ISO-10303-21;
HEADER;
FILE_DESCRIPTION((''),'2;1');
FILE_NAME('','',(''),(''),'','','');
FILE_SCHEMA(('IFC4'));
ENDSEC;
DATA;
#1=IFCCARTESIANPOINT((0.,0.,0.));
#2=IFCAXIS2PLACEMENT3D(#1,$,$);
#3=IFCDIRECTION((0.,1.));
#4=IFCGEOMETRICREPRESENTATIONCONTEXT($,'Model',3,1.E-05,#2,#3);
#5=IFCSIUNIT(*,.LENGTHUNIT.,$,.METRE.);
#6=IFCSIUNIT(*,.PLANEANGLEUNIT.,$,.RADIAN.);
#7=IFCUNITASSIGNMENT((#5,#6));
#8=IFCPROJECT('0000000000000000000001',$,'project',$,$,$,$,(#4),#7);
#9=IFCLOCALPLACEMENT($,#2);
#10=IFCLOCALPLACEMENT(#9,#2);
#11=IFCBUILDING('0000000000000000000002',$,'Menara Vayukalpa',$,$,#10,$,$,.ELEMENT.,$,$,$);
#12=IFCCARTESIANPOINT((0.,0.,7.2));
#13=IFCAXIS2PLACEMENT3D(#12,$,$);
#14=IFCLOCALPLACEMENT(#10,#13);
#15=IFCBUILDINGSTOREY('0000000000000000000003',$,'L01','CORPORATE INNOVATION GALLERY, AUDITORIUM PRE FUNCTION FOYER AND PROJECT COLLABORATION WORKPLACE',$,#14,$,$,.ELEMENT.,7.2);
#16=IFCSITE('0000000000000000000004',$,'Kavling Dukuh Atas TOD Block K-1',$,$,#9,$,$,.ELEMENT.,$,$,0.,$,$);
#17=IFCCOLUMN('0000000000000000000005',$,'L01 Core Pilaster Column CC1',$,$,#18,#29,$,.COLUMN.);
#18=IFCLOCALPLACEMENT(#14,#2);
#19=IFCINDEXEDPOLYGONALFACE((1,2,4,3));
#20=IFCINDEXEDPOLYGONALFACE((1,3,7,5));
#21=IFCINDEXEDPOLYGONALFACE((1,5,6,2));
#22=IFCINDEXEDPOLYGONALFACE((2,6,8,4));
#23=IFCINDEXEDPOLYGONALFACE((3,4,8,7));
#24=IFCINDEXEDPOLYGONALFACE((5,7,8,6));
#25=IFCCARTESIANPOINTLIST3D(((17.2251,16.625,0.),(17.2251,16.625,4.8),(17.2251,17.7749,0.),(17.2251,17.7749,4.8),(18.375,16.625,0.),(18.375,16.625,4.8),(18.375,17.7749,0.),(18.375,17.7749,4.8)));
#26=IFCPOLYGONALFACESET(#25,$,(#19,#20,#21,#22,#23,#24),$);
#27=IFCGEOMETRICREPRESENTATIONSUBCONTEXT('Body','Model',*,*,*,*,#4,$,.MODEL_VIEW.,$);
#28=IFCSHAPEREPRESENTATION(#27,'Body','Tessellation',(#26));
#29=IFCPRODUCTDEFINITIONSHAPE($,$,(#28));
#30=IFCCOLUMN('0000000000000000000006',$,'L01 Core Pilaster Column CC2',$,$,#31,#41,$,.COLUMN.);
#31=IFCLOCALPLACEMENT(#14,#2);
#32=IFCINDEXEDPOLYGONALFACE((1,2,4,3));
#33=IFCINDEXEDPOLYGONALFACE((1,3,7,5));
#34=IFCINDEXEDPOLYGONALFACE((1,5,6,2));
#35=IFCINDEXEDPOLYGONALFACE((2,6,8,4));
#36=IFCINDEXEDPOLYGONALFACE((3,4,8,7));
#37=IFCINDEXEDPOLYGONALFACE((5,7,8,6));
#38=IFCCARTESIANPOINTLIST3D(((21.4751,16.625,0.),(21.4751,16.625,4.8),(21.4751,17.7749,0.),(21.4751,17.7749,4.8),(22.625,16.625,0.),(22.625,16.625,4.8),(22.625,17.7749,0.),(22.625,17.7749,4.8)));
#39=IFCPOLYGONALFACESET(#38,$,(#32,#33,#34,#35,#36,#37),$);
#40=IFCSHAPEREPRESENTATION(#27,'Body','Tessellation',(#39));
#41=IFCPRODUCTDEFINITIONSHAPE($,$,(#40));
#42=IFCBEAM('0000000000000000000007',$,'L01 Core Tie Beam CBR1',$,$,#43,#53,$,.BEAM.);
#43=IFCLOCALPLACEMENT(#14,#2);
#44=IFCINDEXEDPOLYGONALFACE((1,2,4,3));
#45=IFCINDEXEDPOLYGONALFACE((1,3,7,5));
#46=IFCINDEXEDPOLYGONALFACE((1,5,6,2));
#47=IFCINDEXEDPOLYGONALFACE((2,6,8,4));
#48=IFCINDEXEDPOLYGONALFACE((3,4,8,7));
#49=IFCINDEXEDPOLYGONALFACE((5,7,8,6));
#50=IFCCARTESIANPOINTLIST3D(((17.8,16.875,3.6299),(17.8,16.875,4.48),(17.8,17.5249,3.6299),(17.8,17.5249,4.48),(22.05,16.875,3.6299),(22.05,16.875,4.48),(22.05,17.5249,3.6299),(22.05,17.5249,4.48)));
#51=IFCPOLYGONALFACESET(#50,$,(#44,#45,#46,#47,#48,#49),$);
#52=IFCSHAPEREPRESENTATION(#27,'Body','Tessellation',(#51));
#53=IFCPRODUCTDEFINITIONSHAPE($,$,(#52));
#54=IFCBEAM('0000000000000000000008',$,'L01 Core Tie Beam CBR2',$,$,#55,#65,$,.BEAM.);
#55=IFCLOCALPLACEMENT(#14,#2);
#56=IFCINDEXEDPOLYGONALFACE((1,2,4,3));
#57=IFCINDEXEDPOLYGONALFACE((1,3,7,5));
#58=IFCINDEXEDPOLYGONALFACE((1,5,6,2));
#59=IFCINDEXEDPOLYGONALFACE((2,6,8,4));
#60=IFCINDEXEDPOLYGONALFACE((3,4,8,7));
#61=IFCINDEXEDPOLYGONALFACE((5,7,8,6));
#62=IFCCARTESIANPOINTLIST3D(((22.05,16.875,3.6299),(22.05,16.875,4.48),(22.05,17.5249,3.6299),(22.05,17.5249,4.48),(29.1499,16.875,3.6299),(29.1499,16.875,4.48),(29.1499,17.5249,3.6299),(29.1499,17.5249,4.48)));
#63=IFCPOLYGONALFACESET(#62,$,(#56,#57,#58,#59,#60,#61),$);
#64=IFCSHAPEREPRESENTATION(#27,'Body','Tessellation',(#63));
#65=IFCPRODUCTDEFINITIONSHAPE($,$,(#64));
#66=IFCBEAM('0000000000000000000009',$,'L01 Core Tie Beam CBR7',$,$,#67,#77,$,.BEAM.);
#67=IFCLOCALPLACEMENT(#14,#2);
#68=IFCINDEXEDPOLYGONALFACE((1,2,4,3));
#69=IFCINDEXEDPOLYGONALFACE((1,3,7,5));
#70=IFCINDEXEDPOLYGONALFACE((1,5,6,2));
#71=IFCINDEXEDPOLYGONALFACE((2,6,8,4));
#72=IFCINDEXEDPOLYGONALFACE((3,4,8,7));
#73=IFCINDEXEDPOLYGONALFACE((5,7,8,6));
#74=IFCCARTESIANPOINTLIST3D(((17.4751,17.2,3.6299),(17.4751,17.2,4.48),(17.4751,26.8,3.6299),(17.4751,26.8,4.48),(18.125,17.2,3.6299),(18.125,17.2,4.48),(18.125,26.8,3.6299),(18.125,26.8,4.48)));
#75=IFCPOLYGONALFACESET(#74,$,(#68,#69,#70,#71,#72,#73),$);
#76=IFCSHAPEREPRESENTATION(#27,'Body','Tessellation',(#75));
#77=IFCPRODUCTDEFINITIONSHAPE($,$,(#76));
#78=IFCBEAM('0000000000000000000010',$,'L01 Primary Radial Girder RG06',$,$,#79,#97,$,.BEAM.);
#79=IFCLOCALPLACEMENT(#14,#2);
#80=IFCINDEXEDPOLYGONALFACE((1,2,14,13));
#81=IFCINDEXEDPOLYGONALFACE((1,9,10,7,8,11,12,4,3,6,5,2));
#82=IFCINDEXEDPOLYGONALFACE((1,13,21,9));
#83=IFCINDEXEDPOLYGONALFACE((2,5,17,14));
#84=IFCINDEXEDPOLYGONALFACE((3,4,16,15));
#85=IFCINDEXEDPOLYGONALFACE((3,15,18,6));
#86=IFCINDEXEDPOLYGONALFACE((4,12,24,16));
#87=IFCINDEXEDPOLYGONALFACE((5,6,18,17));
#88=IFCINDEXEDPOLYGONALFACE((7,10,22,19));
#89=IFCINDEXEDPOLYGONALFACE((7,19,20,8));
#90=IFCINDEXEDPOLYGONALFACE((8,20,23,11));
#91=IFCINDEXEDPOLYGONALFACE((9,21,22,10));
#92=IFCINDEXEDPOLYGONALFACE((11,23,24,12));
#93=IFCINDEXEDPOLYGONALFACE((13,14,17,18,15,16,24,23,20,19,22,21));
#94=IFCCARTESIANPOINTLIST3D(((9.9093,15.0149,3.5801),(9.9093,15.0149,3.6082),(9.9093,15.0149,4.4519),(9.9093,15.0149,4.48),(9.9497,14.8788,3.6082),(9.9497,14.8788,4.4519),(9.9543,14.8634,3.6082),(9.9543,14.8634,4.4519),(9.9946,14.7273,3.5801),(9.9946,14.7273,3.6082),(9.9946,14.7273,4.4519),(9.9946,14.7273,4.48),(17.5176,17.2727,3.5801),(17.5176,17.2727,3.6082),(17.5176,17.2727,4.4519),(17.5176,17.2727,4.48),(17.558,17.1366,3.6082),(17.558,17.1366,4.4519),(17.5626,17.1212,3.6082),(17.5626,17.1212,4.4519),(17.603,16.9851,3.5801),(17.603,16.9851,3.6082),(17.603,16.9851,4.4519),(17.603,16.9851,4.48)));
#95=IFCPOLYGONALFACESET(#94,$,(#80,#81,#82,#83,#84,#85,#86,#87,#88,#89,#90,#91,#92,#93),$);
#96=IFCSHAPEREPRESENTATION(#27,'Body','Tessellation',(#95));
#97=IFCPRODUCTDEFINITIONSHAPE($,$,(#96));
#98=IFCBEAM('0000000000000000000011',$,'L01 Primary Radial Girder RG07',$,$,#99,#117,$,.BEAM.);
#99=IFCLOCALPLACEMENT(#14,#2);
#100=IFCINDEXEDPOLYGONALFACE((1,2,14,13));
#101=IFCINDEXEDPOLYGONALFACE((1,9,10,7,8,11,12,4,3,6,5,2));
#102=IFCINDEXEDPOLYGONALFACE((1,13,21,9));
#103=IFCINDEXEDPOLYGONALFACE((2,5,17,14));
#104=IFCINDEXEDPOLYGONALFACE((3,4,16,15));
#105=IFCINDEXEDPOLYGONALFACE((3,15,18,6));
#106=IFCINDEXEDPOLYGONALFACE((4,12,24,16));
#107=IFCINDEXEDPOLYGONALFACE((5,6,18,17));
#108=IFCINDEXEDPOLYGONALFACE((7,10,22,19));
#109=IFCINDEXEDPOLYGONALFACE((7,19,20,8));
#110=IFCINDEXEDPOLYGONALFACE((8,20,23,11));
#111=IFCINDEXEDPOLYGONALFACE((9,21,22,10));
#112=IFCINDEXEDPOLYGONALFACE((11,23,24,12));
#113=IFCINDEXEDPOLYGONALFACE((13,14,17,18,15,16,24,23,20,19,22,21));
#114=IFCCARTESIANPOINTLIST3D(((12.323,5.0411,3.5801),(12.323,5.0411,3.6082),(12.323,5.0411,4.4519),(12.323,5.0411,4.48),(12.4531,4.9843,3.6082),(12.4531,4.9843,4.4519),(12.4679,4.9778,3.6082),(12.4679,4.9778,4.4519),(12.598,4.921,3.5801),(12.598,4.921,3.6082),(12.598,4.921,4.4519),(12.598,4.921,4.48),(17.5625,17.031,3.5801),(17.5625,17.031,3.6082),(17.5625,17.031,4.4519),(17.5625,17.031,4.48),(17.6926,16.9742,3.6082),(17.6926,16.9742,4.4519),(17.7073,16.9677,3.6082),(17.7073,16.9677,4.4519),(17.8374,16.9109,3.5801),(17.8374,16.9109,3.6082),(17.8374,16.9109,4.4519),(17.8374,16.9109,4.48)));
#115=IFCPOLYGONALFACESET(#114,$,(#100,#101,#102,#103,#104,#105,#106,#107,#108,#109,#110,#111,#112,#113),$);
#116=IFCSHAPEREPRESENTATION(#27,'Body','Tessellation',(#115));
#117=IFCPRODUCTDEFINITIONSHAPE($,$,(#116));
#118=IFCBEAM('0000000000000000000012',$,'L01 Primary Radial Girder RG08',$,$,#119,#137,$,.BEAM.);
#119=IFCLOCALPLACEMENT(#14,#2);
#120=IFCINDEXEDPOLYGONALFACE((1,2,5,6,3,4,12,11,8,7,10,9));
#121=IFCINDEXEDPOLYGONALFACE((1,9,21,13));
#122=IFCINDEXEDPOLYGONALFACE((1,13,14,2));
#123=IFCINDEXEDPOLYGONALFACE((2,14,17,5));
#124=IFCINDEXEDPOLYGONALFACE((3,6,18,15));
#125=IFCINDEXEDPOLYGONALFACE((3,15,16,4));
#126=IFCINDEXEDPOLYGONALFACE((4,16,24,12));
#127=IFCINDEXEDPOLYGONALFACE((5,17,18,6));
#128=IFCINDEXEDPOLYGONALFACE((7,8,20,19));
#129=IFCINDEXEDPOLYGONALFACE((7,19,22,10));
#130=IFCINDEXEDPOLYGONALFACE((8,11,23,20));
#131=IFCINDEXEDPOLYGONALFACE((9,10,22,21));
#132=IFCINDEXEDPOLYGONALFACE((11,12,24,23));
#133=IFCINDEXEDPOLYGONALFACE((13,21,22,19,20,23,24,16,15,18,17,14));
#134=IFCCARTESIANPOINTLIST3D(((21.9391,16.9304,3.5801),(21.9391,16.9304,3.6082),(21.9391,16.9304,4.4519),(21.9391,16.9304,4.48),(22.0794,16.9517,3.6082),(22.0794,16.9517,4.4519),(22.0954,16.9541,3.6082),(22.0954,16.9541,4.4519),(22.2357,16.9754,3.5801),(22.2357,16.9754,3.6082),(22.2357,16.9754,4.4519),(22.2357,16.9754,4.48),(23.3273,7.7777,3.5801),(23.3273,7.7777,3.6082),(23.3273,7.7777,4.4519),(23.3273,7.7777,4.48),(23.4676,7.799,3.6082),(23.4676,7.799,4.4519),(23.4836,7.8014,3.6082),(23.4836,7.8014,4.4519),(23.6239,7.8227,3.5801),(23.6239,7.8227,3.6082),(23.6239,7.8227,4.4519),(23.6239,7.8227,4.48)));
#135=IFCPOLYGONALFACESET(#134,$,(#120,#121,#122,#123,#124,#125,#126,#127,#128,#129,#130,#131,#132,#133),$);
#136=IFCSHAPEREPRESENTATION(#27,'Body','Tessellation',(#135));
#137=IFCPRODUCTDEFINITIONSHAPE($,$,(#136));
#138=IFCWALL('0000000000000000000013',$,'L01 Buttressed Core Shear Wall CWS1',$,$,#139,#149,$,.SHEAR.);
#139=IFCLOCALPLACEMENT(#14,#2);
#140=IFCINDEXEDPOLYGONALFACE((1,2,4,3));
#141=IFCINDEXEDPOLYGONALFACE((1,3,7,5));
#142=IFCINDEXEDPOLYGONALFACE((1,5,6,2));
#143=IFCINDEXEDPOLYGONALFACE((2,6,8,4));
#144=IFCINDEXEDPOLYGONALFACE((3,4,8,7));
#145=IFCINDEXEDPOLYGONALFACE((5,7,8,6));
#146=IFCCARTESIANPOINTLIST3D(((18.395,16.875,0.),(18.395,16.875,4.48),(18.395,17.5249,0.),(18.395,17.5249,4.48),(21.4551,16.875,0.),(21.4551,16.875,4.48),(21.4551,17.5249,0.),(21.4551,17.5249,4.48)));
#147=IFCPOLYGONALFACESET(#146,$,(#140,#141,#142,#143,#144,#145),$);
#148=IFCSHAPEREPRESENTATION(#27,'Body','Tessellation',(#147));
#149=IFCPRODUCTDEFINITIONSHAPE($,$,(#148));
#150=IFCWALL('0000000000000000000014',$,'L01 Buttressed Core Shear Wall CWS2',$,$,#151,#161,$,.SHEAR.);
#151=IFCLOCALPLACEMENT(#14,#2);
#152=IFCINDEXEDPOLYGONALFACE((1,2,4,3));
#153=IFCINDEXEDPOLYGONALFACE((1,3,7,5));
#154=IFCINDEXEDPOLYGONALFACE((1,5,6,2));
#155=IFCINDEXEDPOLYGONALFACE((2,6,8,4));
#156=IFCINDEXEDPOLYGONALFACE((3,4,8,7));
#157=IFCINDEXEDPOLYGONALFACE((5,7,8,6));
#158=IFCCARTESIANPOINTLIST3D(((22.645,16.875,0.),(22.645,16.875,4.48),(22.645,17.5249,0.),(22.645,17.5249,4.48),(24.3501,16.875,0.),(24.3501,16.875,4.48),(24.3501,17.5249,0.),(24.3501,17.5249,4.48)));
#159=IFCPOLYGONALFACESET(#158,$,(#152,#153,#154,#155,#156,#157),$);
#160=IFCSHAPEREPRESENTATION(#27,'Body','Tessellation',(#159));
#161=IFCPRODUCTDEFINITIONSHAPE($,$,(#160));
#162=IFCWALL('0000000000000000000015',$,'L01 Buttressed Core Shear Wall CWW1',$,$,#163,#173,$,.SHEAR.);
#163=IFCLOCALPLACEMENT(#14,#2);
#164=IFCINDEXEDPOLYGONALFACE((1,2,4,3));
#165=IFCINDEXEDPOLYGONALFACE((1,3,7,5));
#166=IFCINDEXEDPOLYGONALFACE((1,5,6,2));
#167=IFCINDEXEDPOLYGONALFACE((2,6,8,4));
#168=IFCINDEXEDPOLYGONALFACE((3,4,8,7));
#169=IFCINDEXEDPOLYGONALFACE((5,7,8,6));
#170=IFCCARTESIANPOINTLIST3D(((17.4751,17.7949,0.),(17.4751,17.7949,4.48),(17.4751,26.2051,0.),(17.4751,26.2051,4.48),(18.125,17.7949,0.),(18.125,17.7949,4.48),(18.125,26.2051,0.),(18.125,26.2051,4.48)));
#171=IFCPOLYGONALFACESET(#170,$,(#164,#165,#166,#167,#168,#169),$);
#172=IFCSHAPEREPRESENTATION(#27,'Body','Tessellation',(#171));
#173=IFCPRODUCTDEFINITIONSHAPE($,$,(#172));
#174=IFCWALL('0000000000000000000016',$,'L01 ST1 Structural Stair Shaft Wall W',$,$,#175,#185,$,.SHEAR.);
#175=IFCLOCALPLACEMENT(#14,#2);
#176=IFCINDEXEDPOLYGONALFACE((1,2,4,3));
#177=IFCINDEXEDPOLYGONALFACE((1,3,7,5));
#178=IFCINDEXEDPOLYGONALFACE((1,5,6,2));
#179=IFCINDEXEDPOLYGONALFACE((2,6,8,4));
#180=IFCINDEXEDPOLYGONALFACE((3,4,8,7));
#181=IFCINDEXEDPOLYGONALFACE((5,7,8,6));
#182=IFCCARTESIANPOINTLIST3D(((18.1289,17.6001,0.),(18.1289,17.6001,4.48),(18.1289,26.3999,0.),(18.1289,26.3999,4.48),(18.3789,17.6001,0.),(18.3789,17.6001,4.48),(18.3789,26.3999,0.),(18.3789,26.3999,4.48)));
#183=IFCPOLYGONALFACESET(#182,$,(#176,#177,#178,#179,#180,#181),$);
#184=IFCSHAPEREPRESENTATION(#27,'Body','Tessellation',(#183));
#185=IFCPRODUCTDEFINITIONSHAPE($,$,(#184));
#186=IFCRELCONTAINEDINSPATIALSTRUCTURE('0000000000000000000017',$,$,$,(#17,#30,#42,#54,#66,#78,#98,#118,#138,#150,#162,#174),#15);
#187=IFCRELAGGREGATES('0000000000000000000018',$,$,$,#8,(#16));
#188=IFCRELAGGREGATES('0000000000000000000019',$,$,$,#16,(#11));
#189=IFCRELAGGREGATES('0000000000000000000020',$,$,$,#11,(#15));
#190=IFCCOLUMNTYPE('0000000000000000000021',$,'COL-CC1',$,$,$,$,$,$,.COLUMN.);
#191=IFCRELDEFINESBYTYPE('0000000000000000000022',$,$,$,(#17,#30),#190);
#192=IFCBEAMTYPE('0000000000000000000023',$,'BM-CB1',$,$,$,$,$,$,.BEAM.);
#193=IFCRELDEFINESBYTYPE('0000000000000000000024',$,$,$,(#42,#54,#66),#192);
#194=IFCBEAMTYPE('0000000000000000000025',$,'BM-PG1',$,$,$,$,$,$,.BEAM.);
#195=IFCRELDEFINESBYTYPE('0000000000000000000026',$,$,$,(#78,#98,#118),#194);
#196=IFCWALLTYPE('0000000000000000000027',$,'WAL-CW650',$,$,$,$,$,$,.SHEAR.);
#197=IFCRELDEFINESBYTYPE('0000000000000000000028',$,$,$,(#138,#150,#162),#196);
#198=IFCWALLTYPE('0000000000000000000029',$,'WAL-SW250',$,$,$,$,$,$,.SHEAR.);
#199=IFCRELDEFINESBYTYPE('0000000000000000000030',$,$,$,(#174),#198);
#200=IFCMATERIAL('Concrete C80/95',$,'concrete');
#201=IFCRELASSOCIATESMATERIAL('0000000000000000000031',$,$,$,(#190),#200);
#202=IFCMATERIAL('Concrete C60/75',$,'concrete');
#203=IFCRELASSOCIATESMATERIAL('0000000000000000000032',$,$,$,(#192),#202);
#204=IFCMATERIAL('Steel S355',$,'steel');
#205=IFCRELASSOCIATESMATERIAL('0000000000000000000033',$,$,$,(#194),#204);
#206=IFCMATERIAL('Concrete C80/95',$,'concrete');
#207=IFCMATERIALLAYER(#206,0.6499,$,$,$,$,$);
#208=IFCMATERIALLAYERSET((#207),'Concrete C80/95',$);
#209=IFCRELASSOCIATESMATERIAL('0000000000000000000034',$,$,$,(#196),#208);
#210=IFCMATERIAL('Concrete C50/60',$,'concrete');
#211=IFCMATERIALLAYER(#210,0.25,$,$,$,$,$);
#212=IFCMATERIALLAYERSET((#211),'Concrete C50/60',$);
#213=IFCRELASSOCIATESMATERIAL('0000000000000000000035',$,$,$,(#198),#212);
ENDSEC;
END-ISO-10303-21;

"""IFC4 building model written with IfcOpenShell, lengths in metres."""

from ifc_helpers import new_model, si_unit, direction, frame, frame_2d, origin, origin_2d, place, context, subcontext, project, spatial, rectangle, i_section, extrude, material, layer, layer_set, material_profile, profile_set, type_object, element, save


model = new_model("IFC4")

# Units and contexts
model_context = context("Model", 3, precision=1e-05, world=origin(), true_north=direction((0.0, 1.0)))
body_context = subcontext(model_context, "Body", "Model", "MODEL_VIEW")
ifc_project = project(units=[si_unit("LENGTHUNIT", "METRE"), si_unit("PLANEANGLEUNIT", "RADIAN")], contexts=[model_context])

# Site, building, storey
site_placement = place(None, origin())
site = spatial("IfcSite", under=ifc_project, at=site_placement, Name="Kavling Dukuh Atas TOD Block K-1", CompositionType="ELEMENT", RefElevation=0.0)
building_placement = place(site_placement, origin())
building = spatial("IfcBuilding", under=site, at=building_placement, Name="Menara Vayukalpa", CompositionType="ELEMENT")
storey_placement = place(building_placement, frame((0.0, 0.0, 7.2)))
storey = spatial("IfcBuildingStorey", under=building, at=storey_placement, Name="L01", Description="CORPORATE INNOVATION GALLERY, AUDITORIUM PRE FUNCTION FOYER AND PROJECT COLLABORATION WORKPLACE", CompositionType="ELEMENT", Elevation=7.2)

# Columns
ifc_material_1 = material(Name="Concrete C80/95", Category="concrete")
ifc_material_profile_1 = material_profile(ifc_material_1, rectangle(XDim=1.1499, YDim=1.1499, at=origin_2d()), Name="RC 1150x1150")
ifc_profile_set_1 = profile_set([ifc_material_profile_1], Name="Concrete C80/95")
column_type = type_object("IfcColumnType", Name="COL-CC1", PredefinedType="COLUMN", material=ifc_profile_set_1)
for number, where, z_axis, x_axis, name in (
    (1, (17.8, 17.2, 0.0), (0.0, 0.0, 1.0), (1.0, 0.0, 0.0), "L01 Core Pilaster Column CC1"),
    (2, (22.05, 17.2, 0.0), (0.0, 0.0, 1.0), (1.0, 0.0, 0.0), "L01 Core Pilaster Column CC2"),
):
    element("IfcColumn", number, at=place(storey_placement, frame(where, z_axis=z_axis, x_axis=x_axis)), inside=storey, type_object=column_type, Name=name, PredefinedType="COLUMN", context=body_context, shape_type="SweptSolid", body=[
        extrude(rectangle(XDim=1.1499, YDim=1.1499, at=origin_2d()), origin(), (0.0, 0.0, 1.0), 4.8),
    ])

# Beams
ifc_material_2 = material(Name="Concrete C60/75", Category="concrete")
ifc_material_profile_2 = material_profile(ifc_material_2, rectangle(XDim=0.6499, YDim=0.8501, at=origin_2d()), Name="RC 650x850")
ifc_profile_set_2 = profile_set([ifc_material_profile_2], Name="Concrete C60/75")
beam_type_1 = type_object("IfcBeamType", Name="BM-CB1", PredefinedType="BEAM", material=ifc_profile_set_2)
beam_1_placement = place(storey_placement, frame((17.8, 17.2, 4.0549), z_axis=(1.0, 0.0, 0.0), x_axis=(0.0, 1.0, 0.0)))
element("IfcBeam", 3, at=beam_1_placement, inside=storey, type_object=beam_type_1, Name="L01 Core Tie Beam CBR1", PredefinedType="BEAM", context=body_context, shape_type="SweptSolid", body=[
    extrude(rectangle(XDim=0.6499, YDim=0.8501, at=origin_2d()), origin(), (0.0, 0.0, 1.0), 4.25),
])
beam_2_placement = place(storey_placement, frame((22.05, 17.2, 4.0549), z_axis=(1.0, 0.0, 0.0), x_axis=(0.0, 1.0, 0.0)))
element("IfcBeam", 4, at=beam_2_placement, inside=storey, type_object=beam_type_1, Name="L01 Core Tie Beam CBR2", PredefinedType="BEAM", context=body_context, shape_type="SweptSolid", body=[
    extrude(rectangle(XDim=0.6499, YDim=0.8501, at=origin_2d()), origin(), (0.0, 0.0, 1.0), 7.0999),
])
beam_3_placement = place(storey_placement, frame((17.8, 17.2, 4.0549), z_axis=(0.0, 1.0, 0.0), x_axis=(-1.0, 0.0, 0.0)))
element("IfcBeam", 5, at=beam_3_placement, inside=storey, type_object=beam_type_1, Name="L01 Core Tie Beam CBR7", PredefinedType="BEAM", context=body_context, shape_type="SweptSolid", body=[
    extrude(rectangle(XDim=0.6499, YDim=0.8501, at=origin_2d()), origin(), (0.0, 0.0, 1.0), 9.6001),
])
ifc_material_3 = material(Name="Steel S355", Category="steel")
ifc_material_profile_3 = material_profile(ifc_material_3, i_section(OverallWidth=0.3, OverallDepth=0.8999, WebThickness=0.0161, FlangeThickness=0.0281, at=origin_2d()), Name="WF 900x300x16x28")
ifc_profile_set_3 = profile_set([ifc_material_profile_3], Name="Steel S355")
beam_type_2 = type_object("IfcBeamType", Name="BM-PG1", PredefinedType="BEAM", material=ifc_profile_set_3)
beam_4_placement = place(storey_placement, frame((17.5603, 17.1289, 4.03), z_axis=(-0.958679, -0.284491, 0.0), x_axis=(0.284491, -0.958679, 0.0)))
element("IfcBeam", 6, at=beam_4_placement, inside=storey, type_object=beam_type_2, Name="L01 Primary Radial Girder RG06", PredefinedType="BEAM", context=body_context, shape_type="SweptSolid", body=[
    extrude(i_section(OverallWidth=0.3, OverallDepth=0.8999, WebThickness=0.0161, FlangeThickness=0.0281, at=origin_2d()), origin(), (0.0, 0.0, 1.0), 7.9363),
])
beam_5_placement = place(storey_placement, frame((17.7, 16.9709, 4.03), z_axis=(-0.400426, -0.916329, 0.0), x_axis=(0.916329, -0.400426, 0.0)))
element("IfcBeam", 7, at=beam_5_placement, inside=storey, type_object=beam_type_2, Name="L01 Primary Radial Girder RG07", PredefinedType="BEAM", context=body_context, shape_type="SweptSolid", body=[
    extrude(i_section(OverallWidth=0.3, OverallDepth=0.8999, WebThickness=0.0161, FlangeThickness=0.0281, at=origin_2d()), origin(), (0.0, 0.0, 1.0), 13.0847),
])
beam_6_placement = place(storey_placement, frame((22.0874, 16.9529, 4.03), z_axis=(0.149956, -0.988693, 0.0), x_axis=(0.988693, 0.149956, 0.0)))
element("IfcBeam", 8, at=beam_6_placement, inside=storey, type_object=beam_type_2, Name="L01 Primary Radial Girder RG08", PredefinedType="BEAM", context=body_context, shape_type="SweptSolid", body=[
    extrude(i_section(OverallWidth=0.3, OverallDepth=0.8999, WebThickness=0.0161, FlangeThickness=0.0281, at=origin_2d()), origin(), (0.0, 0.0, 1.0), 9.2573),
])

# Walls
ifc_material_4 = material(Name="Concrete C80/95", Category="concrete")
ifc_layer_1 = layer(ifc_material_4, 0.6499)
ifc_layer_set_1 = layer_set([ifc_layer_1], Name="Concrete C80/95")
wall_type_1 = type_object("IfcWallType", Name="WAL-CW650", PredefinedType="SHEAR", material=ifc_layer_set_1)
wall_1_placement = place(storey_placement, frame((18.395, 17.2, 0.0), z_axis=(0.0, 0.0, 1.0), x_axis=(1.0, 0.0, 0.0)))
element("IfcWall", 9, at=wall_1_placement, inside=storey, type_object=wall_type_1, Name="L01 Buttressed Core Shear Wall CWS1", PredefinedType="SHEAR", context=body_context, shape_type="SweptSolid", body=[
    extrude(rectangle(XDim=3.0601, YDim=0.6499, at=frame_2d((1.53, 0.0))), origin(), (0.0, 0.0, 1.0), 4.48),
])
wall_2_placement = place(storey_placement, frame((22.645, 17.2, 0.0), z_axis=(0.0, 0.0, 1.0), x_axis=(1.0, 0.0, 0.0)))
element("IfcWall", 10, at=wall_2_placement, inside=storey, type_object=wall_type_1, Name="L01 Buttressed Core Shear Wall CWS2", PredefinedType="SHEAR", context=body_context, shape_type="SweptSolid", body=[
    extrude(rectangle(XDim=1.7051, YDim=0.6499, at=frame_2d((0.8525, 0.0))), origin(), (0.0, 0.0, 1.0), 4.48),
])
wall_3_placement = place(storey_placement, frame((17.8, 17.7949, 0.0), z_axis=(0.0, 0.0, 1.0), x_axis=(0.0, 1.0, 0.0)))
element("IfcWall", 11, at=wall_3_placement, inside=storey, type_object=wall_type_1, Name="L01 Buttressed Core Shear Wall CWW1", PredefinedType="SHEAR", context=body_context, shape_type="SweptSolid", body=[
    extrude(rectangle(XDim=8.4102, YDim=0.6499, at=frame_2d((4.2051, 0.0))), origin(), (0.0, 0.0, 1.0), 4.48),
])
ifc_material_5 = material(Name="Concrete C50/60", Category="concrete")
ifc_layer_2 = layer(ifc_material_5, 0.25)
ifc_layer_set_2 = layer_set([ifc_layer_2], Name="Concrete C50/60")
wall_type_2 = type_object("IfcWallType", Name="WAL-SW250", PredefinedType="SHEAR", material=ifc_layer_set_2)
wall_4_placement = place(storey_placement, frame((18.2539, 17.6001, 0.0), z_axis=(0.0, 0.0, 1.0), x_axis=(0.0, 1.0, 0.0)))
element("IfcWall", 12, at=wall_4_placement, inside=storey, type_object=wall_type_2, Name="L01 ST1 Structural Stair Shaft Wall W", PredefinedType="SHEAR", context=body_context, shape_type="SweptSolid", body=[
    extrude(rectangle(XDim=8.7998, YDim=0.25, at=frame_2d((4.3999, 0.0))), origin(), (0.0, 0.0, 1.0), 4.48),
])

save(model, "model.ifc")
